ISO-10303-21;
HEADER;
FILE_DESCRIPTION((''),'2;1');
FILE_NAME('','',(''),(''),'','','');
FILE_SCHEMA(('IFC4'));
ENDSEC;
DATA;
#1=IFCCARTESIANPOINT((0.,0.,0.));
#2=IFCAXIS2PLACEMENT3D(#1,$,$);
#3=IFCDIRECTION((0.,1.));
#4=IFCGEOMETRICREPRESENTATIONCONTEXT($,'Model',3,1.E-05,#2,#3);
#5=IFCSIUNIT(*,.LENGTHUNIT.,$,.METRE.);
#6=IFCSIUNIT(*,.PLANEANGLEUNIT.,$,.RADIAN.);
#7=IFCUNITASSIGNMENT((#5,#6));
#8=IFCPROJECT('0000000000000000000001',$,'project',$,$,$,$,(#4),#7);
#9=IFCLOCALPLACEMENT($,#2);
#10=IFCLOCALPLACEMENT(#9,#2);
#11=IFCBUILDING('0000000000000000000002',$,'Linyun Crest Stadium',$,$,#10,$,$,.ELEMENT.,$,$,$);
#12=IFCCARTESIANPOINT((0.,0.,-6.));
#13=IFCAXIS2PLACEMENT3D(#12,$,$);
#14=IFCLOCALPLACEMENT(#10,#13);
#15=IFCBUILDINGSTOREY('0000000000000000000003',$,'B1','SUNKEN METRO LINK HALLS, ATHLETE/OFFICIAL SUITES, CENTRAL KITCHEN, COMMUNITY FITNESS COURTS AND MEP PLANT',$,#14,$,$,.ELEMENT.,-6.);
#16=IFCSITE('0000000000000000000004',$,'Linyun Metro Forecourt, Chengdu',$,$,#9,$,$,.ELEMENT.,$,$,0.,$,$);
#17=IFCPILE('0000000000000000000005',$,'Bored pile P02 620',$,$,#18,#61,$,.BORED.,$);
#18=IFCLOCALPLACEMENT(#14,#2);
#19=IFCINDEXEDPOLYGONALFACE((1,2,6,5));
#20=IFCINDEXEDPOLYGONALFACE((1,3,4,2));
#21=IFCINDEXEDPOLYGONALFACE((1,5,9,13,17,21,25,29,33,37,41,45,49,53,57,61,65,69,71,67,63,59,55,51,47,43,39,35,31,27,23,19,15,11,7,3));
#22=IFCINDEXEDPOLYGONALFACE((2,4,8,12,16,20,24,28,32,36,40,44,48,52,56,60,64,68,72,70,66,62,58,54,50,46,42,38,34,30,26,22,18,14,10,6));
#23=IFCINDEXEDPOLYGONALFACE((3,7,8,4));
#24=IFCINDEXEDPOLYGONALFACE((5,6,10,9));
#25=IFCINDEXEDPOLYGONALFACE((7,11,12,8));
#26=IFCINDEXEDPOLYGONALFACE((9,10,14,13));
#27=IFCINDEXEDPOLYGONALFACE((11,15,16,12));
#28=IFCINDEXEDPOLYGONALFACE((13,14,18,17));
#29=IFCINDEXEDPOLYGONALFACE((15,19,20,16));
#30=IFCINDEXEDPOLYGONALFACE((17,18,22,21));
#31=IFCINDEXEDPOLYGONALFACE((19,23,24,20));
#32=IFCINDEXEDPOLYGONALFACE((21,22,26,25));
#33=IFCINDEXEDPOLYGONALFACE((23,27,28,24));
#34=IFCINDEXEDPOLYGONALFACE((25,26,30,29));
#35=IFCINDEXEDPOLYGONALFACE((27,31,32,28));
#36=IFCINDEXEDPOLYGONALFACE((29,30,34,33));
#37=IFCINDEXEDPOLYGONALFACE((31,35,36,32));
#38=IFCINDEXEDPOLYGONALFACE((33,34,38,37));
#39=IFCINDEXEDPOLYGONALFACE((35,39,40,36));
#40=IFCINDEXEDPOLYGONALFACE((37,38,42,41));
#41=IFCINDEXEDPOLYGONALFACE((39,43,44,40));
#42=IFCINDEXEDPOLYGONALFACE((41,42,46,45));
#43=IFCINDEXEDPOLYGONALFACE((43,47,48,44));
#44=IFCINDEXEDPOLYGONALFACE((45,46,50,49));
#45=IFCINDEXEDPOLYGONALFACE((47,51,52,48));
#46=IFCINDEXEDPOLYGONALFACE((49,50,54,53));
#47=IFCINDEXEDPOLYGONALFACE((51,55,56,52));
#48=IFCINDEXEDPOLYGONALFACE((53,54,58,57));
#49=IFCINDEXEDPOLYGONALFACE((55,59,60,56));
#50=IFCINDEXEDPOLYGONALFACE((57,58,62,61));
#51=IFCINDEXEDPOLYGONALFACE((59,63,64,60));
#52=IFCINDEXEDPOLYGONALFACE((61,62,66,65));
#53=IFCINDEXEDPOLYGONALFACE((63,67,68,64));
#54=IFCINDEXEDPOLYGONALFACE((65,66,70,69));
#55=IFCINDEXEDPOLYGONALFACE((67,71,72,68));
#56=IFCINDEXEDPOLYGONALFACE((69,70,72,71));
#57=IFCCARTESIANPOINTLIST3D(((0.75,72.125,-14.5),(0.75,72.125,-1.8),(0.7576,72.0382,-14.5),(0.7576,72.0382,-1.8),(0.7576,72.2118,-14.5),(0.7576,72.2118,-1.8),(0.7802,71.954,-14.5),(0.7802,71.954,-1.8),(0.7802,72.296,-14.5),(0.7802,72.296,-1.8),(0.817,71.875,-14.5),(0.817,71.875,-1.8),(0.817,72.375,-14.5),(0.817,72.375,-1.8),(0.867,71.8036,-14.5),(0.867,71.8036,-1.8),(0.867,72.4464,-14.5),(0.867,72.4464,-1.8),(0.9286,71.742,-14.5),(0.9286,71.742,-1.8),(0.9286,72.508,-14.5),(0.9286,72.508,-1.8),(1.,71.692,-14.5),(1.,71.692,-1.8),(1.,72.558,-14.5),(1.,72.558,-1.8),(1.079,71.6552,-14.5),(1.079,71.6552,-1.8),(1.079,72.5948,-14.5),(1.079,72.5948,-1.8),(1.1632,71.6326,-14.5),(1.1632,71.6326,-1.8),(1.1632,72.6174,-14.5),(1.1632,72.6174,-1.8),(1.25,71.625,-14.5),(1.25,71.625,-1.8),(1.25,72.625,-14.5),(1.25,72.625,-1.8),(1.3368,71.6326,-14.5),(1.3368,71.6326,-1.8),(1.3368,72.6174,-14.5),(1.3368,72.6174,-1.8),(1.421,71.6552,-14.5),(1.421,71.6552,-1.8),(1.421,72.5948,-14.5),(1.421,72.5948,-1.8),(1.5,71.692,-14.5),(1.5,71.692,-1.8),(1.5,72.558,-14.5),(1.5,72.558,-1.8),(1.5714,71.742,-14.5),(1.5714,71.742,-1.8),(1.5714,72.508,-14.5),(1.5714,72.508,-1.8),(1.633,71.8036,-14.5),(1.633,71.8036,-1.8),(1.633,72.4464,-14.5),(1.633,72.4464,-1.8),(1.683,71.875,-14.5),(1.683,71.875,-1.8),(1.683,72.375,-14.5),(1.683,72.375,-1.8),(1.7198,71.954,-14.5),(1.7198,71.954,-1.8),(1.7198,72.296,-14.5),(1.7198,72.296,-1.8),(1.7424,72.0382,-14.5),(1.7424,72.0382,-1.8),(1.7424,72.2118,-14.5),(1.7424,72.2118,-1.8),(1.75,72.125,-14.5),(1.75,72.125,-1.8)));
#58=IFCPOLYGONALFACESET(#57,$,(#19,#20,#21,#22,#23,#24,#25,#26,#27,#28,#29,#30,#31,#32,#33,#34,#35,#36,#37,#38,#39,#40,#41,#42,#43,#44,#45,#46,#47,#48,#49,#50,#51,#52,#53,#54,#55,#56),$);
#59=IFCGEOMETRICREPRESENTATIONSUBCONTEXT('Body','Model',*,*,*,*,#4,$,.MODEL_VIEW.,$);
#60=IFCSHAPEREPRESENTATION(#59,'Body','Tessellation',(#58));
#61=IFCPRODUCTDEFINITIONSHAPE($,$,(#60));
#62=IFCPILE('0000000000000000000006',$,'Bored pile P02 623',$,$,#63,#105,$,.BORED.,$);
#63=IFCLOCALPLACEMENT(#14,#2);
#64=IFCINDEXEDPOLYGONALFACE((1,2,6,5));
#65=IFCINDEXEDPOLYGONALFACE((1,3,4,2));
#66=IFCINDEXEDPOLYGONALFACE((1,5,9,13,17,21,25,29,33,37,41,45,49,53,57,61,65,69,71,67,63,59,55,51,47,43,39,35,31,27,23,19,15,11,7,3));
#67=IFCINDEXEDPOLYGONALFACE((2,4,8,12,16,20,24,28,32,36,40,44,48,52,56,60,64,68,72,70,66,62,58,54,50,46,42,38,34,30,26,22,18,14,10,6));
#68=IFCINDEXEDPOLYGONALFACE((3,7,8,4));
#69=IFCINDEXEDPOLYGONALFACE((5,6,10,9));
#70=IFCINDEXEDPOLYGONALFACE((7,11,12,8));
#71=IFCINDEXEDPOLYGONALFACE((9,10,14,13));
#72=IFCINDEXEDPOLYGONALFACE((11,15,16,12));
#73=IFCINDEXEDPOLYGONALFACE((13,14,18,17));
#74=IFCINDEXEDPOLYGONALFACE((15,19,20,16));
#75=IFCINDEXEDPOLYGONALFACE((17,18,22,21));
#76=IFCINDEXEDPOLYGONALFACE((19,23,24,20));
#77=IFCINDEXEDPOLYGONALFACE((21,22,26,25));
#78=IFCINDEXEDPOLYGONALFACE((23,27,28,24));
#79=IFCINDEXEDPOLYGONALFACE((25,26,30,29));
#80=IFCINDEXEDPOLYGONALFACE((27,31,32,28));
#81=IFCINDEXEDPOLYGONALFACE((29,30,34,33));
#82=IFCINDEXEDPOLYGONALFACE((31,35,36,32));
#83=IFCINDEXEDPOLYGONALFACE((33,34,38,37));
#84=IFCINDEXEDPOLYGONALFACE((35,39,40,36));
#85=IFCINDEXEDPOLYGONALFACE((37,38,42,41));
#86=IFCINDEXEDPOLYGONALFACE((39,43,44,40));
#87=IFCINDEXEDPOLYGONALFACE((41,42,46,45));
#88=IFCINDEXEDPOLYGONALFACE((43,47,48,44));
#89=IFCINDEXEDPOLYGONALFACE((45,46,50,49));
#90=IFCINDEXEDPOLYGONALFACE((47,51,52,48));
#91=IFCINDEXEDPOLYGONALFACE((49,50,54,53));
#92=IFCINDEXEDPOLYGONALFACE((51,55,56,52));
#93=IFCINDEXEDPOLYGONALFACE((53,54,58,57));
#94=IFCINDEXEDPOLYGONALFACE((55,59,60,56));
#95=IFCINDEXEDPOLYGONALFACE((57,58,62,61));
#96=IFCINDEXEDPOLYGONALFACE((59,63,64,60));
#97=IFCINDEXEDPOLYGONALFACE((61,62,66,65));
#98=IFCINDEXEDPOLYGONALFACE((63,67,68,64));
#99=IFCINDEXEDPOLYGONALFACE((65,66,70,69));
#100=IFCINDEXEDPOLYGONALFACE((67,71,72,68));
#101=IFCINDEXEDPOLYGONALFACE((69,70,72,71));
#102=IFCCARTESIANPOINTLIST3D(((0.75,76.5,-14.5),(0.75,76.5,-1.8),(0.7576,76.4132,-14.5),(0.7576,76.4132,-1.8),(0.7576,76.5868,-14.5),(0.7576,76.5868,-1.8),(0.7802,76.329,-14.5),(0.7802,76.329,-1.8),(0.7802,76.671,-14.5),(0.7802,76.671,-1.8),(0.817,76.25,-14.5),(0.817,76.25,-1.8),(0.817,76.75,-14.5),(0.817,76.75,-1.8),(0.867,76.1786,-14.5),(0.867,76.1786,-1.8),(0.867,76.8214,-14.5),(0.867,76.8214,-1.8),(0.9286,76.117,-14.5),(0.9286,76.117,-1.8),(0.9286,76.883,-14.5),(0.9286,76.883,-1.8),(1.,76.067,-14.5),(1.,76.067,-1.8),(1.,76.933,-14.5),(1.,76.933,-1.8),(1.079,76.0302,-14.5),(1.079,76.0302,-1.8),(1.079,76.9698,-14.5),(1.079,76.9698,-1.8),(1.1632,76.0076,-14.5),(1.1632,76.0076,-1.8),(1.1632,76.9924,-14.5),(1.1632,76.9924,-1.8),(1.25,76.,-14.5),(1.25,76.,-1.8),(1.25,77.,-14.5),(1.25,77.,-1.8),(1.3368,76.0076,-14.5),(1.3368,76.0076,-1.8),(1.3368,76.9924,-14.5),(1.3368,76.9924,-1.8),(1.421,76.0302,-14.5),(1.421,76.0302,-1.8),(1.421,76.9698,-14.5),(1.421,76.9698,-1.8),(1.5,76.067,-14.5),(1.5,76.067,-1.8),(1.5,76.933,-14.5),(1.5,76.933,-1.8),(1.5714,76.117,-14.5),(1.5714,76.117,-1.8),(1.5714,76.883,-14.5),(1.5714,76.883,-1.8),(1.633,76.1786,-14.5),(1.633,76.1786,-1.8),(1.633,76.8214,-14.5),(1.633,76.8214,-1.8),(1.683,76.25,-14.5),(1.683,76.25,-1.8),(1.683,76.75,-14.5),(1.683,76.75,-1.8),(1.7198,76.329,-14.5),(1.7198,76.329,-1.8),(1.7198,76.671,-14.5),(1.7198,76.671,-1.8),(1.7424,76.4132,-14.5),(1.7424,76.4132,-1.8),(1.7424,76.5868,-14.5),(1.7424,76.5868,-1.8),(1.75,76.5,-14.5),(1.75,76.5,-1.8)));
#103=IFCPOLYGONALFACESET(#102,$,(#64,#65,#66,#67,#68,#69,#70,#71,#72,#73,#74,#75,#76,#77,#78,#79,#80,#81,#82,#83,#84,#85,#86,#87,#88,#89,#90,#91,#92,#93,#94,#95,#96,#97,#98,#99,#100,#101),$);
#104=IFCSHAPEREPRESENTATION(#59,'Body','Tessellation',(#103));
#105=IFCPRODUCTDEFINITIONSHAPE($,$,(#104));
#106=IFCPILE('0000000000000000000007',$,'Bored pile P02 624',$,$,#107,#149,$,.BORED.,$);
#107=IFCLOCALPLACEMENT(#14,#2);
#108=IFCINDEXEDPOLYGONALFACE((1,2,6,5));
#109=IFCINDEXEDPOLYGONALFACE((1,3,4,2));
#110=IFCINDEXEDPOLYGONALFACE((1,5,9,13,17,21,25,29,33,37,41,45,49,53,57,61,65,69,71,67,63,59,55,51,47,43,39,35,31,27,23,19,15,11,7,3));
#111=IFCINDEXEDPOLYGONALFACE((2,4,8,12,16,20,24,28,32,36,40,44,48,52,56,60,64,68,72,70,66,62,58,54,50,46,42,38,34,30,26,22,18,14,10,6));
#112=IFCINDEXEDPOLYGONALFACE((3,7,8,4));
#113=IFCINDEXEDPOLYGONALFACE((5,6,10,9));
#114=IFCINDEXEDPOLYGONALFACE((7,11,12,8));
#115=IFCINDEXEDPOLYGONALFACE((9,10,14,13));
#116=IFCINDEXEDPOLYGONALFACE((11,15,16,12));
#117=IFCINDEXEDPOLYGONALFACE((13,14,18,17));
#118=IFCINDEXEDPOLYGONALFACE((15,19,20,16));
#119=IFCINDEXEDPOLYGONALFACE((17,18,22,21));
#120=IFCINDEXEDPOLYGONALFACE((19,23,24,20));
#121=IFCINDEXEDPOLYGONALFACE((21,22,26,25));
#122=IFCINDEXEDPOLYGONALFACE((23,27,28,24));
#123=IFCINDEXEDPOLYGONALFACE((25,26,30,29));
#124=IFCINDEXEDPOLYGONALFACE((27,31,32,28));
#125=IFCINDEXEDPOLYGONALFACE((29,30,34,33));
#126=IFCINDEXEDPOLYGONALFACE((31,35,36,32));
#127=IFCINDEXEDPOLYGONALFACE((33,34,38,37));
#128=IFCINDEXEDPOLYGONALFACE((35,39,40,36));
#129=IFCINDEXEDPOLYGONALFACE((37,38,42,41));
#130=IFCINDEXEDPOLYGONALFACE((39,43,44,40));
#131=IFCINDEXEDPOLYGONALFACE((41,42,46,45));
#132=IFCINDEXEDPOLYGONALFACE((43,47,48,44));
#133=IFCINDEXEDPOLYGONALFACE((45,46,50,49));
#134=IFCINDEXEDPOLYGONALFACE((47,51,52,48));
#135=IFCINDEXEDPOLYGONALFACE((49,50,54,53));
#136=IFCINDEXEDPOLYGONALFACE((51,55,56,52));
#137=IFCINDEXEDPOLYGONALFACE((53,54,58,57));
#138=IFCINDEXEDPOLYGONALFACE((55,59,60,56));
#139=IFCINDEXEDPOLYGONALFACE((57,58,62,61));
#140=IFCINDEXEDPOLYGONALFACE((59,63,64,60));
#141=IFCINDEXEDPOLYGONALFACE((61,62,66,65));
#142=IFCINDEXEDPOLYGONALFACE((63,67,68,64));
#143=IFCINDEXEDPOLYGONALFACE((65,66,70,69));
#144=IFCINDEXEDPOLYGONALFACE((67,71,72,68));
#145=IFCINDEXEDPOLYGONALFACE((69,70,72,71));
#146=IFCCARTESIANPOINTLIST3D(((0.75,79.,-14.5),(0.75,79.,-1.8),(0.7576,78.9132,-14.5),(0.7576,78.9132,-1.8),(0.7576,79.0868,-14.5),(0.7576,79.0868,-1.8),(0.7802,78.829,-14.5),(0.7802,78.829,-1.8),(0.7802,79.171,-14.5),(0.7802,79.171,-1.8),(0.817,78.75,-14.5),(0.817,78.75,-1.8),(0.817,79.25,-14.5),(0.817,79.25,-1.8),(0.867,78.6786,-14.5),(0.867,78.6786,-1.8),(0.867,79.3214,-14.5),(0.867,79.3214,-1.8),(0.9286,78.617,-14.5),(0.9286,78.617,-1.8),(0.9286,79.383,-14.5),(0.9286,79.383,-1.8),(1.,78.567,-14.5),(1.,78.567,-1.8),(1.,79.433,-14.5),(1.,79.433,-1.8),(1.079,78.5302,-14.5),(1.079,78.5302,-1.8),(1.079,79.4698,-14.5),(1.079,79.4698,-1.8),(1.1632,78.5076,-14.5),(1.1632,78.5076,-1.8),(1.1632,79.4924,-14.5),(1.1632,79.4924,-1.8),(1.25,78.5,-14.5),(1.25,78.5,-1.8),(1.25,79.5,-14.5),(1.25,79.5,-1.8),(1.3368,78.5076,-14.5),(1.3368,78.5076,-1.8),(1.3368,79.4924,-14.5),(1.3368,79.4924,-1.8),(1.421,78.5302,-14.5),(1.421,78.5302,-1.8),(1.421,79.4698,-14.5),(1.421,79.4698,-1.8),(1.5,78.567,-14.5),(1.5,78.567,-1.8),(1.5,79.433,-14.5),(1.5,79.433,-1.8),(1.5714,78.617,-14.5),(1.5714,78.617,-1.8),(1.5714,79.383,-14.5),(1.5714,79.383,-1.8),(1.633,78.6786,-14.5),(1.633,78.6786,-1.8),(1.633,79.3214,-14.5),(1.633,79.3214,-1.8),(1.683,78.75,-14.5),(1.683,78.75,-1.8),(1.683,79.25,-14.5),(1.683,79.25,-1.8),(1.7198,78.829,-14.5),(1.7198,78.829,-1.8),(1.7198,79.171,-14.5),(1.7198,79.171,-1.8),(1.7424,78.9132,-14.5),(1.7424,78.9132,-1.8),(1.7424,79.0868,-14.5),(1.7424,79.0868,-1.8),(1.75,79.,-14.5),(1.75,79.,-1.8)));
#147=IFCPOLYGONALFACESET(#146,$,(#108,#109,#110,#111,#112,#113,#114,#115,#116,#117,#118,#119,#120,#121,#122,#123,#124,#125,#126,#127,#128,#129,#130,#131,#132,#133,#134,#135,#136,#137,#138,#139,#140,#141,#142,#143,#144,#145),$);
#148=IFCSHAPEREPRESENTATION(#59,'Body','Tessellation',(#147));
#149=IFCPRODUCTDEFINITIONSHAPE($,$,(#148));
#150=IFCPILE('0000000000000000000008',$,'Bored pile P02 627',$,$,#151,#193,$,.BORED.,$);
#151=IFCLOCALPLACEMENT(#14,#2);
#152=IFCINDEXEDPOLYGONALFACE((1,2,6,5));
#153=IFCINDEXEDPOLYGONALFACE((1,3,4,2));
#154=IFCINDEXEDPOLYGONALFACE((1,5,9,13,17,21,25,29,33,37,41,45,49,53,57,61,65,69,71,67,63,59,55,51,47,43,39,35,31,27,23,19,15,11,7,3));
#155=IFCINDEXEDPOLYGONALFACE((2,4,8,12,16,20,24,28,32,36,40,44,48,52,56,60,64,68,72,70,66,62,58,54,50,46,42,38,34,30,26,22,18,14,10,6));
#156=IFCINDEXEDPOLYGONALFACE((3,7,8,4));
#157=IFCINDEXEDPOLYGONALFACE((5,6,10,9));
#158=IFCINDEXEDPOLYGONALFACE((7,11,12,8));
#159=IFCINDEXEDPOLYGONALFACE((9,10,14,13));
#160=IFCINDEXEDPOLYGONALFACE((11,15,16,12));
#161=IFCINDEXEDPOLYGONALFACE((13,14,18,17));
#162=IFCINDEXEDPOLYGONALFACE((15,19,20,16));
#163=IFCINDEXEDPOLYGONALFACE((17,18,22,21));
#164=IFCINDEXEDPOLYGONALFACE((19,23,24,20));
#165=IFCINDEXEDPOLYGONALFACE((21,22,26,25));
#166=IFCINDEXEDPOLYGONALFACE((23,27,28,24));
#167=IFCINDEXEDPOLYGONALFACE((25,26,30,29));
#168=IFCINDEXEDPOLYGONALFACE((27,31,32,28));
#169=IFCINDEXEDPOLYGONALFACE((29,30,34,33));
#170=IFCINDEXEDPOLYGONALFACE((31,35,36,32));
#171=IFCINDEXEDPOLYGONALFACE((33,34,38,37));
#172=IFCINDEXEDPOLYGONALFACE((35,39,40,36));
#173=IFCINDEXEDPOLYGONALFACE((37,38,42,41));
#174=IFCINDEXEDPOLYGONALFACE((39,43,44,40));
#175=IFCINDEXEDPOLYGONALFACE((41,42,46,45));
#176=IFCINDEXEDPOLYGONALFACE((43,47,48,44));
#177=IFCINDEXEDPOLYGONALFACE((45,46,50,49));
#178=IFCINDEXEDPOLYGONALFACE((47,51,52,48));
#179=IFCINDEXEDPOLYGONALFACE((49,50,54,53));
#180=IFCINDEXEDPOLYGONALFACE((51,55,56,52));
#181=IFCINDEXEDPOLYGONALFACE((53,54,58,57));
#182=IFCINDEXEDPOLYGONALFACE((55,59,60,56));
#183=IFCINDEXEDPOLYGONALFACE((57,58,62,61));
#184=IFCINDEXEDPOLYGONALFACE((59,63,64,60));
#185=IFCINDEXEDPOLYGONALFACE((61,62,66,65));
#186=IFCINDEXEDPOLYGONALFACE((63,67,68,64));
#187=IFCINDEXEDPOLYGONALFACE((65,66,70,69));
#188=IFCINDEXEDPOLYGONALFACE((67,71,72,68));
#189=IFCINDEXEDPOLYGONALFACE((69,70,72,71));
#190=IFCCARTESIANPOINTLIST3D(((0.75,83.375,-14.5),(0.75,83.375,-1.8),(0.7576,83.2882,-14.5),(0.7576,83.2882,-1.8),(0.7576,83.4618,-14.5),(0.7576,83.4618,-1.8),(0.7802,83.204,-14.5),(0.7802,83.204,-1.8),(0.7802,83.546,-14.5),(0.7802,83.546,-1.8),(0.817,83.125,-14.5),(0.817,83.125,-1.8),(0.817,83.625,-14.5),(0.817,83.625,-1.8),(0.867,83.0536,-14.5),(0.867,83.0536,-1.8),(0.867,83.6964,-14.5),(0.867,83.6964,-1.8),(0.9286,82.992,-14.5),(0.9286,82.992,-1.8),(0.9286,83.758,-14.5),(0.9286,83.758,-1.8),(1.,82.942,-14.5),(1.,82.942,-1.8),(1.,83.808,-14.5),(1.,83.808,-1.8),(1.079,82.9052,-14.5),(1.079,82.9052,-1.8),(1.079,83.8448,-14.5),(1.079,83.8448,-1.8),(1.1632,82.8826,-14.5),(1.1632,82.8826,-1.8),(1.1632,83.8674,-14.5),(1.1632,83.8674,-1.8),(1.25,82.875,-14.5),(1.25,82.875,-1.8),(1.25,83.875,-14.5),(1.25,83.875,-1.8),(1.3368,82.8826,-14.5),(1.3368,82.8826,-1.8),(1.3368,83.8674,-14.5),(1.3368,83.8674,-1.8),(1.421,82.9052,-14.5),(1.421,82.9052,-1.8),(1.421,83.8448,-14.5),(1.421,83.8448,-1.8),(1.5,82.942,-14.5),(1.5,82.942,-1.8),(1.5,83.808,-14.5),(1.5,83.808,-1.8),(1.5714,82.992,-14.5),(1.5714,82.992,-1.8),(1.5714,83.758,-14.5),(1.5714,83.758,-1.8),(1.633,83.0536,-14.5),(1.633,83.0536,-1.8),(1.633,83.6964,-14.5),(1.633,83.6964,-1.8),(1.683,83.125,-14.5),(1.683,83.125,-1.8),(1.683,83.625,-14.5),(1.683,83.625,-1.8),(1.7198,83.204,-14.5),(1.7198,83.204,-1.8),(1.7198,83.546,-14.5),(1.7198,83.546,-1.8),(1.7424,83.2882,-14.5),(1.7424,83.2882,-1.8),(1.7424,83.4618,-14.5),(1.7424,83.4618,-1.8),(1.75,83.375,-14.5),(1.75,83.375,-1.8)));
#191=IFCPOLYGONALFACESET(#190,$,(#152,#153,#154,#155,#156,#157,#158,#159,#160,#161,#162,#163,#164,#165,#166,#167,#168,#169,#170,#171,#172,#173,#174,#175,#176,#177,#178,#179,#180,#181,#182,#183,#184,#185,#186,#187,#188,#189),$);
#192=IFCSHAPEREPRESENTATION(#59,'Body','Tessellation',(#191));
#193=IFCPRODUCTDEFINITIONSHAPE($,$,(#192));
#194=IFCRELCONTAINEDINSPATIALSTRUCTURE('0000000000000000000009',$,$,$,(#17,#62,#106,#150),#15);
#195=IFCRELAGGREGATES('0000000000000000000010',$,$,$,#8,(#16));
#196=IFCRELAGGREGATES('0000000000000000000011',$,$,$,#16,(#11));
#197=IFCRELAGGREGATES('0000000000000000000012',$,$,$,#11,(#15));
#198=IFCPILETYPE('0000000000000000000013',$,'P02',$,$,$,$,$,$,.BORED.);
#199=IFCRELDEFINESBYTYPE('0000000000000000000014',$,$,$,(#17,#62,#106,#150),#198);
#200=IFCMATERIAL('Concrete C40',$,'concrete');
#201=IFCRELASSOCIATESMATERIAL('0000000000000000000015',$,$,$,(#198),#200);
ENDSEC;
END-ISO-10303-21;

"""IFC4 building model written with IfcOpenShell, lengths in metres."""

from ifc_helpers import new_model, si_unit, direction, frame, origin, origin_2d, place, context, subcontext, project, spatial, circle, extrude, material, material_profile, profile_set, type_object, element, save


model = new_model("IFC4")

# Units and contexts
model_context = context("Model", 3, precision=1e-05, world=origin(), true_north=direction((0.0, 1.0)))
body_context = subcontext(model_context, "Body", "Model", "MODEL_VIEW")
ifc_project = project(units=[si_unit("LENGTHUNIT", "METRE"), si_unit("PLANEANGLEUNIT", "RADIAN")], contexts=[model_context])

# Site, building, storey
site_placement = place(None, origin())
site = spatial("IfcSite", under=ifc_project, at=site_placement, Name="Linyun Metro Forecourt, Chengdu", CompositionType="ELEMENT", RefElevation=0.0)
building_placement = place(site_placement, origin())
building = spatial("IfcBuilding", under=site, at=building_placement, Name="Linyun Crest Stadium", CompositionType="ELEMENT")
storey_placement = place(building_placement, frame((0.0, 0.0, -6.0)))
storey = spatial("IfcBuildingStorey", under=building, at=storey_placement, Name="B1", Description="SUNKEN METRO LINK HALLS, ATHLETE/OFFICIAL SUITES, CENTRAL KITCHEN, COMMUNITY FITNESS COURTS AND MEP PLANT", CompositionType="ELEMENT", Elevation=-6.0)

# Piles
ifc_material_1 = material(Name="Concrete C40", Category="concrete")
ifc_material_profile_1 = material_profile(ifc_material_1, circle(Radius=0.5, at=origin_2d()), Name="BORED PILE 1000")
ifc_profile_set_1 = profile_set([ifc_material_profile_1], Name="Concrete C40")
pile_type = type_object("IfcPileType", Name="P02", PredefinedType="BORED", material=ifc_profile_set_1)
for number, where, z_axis, x_axis, name in (
    (1, (1.25, 72.125, -1.8), (0.0, 0.0, -1.0), (1.0, 0.0, 0.0), "Bored pile P02 620"),
    (2, (1.25, 76.5, -1.8), (0.0, 0.0, -1.0), (1.0, 0.0, 0.0), "Bored pile P02 623"),
    (3, (1.25, 79.0, -1.8), (0.0, 0.0, -1.0), (1.0, 0.0, 0.0), "Bored pile P02 624"),
    (4, (1.25, 83.375, -1.8), (0.0, 0.0, -1.0), (1.0, 0.0, 0.0), "Bored pile P02 627"),
):
    element("IfcPile", number, at=place(storey_placement, frame(where, z_axis=z_axis, x_axis=x_axis)), inside=storey, type_object=pile_type, Name=name, PredefinedType="BORED", context=body_context, shape_type="SweptSolid", body=[
        extrude(circle(Radius=0.5, at=origin_2d()), origin(), (0.0, 0.0, 1.0), 12.7),
    ])

save(model, "model.ifc")
